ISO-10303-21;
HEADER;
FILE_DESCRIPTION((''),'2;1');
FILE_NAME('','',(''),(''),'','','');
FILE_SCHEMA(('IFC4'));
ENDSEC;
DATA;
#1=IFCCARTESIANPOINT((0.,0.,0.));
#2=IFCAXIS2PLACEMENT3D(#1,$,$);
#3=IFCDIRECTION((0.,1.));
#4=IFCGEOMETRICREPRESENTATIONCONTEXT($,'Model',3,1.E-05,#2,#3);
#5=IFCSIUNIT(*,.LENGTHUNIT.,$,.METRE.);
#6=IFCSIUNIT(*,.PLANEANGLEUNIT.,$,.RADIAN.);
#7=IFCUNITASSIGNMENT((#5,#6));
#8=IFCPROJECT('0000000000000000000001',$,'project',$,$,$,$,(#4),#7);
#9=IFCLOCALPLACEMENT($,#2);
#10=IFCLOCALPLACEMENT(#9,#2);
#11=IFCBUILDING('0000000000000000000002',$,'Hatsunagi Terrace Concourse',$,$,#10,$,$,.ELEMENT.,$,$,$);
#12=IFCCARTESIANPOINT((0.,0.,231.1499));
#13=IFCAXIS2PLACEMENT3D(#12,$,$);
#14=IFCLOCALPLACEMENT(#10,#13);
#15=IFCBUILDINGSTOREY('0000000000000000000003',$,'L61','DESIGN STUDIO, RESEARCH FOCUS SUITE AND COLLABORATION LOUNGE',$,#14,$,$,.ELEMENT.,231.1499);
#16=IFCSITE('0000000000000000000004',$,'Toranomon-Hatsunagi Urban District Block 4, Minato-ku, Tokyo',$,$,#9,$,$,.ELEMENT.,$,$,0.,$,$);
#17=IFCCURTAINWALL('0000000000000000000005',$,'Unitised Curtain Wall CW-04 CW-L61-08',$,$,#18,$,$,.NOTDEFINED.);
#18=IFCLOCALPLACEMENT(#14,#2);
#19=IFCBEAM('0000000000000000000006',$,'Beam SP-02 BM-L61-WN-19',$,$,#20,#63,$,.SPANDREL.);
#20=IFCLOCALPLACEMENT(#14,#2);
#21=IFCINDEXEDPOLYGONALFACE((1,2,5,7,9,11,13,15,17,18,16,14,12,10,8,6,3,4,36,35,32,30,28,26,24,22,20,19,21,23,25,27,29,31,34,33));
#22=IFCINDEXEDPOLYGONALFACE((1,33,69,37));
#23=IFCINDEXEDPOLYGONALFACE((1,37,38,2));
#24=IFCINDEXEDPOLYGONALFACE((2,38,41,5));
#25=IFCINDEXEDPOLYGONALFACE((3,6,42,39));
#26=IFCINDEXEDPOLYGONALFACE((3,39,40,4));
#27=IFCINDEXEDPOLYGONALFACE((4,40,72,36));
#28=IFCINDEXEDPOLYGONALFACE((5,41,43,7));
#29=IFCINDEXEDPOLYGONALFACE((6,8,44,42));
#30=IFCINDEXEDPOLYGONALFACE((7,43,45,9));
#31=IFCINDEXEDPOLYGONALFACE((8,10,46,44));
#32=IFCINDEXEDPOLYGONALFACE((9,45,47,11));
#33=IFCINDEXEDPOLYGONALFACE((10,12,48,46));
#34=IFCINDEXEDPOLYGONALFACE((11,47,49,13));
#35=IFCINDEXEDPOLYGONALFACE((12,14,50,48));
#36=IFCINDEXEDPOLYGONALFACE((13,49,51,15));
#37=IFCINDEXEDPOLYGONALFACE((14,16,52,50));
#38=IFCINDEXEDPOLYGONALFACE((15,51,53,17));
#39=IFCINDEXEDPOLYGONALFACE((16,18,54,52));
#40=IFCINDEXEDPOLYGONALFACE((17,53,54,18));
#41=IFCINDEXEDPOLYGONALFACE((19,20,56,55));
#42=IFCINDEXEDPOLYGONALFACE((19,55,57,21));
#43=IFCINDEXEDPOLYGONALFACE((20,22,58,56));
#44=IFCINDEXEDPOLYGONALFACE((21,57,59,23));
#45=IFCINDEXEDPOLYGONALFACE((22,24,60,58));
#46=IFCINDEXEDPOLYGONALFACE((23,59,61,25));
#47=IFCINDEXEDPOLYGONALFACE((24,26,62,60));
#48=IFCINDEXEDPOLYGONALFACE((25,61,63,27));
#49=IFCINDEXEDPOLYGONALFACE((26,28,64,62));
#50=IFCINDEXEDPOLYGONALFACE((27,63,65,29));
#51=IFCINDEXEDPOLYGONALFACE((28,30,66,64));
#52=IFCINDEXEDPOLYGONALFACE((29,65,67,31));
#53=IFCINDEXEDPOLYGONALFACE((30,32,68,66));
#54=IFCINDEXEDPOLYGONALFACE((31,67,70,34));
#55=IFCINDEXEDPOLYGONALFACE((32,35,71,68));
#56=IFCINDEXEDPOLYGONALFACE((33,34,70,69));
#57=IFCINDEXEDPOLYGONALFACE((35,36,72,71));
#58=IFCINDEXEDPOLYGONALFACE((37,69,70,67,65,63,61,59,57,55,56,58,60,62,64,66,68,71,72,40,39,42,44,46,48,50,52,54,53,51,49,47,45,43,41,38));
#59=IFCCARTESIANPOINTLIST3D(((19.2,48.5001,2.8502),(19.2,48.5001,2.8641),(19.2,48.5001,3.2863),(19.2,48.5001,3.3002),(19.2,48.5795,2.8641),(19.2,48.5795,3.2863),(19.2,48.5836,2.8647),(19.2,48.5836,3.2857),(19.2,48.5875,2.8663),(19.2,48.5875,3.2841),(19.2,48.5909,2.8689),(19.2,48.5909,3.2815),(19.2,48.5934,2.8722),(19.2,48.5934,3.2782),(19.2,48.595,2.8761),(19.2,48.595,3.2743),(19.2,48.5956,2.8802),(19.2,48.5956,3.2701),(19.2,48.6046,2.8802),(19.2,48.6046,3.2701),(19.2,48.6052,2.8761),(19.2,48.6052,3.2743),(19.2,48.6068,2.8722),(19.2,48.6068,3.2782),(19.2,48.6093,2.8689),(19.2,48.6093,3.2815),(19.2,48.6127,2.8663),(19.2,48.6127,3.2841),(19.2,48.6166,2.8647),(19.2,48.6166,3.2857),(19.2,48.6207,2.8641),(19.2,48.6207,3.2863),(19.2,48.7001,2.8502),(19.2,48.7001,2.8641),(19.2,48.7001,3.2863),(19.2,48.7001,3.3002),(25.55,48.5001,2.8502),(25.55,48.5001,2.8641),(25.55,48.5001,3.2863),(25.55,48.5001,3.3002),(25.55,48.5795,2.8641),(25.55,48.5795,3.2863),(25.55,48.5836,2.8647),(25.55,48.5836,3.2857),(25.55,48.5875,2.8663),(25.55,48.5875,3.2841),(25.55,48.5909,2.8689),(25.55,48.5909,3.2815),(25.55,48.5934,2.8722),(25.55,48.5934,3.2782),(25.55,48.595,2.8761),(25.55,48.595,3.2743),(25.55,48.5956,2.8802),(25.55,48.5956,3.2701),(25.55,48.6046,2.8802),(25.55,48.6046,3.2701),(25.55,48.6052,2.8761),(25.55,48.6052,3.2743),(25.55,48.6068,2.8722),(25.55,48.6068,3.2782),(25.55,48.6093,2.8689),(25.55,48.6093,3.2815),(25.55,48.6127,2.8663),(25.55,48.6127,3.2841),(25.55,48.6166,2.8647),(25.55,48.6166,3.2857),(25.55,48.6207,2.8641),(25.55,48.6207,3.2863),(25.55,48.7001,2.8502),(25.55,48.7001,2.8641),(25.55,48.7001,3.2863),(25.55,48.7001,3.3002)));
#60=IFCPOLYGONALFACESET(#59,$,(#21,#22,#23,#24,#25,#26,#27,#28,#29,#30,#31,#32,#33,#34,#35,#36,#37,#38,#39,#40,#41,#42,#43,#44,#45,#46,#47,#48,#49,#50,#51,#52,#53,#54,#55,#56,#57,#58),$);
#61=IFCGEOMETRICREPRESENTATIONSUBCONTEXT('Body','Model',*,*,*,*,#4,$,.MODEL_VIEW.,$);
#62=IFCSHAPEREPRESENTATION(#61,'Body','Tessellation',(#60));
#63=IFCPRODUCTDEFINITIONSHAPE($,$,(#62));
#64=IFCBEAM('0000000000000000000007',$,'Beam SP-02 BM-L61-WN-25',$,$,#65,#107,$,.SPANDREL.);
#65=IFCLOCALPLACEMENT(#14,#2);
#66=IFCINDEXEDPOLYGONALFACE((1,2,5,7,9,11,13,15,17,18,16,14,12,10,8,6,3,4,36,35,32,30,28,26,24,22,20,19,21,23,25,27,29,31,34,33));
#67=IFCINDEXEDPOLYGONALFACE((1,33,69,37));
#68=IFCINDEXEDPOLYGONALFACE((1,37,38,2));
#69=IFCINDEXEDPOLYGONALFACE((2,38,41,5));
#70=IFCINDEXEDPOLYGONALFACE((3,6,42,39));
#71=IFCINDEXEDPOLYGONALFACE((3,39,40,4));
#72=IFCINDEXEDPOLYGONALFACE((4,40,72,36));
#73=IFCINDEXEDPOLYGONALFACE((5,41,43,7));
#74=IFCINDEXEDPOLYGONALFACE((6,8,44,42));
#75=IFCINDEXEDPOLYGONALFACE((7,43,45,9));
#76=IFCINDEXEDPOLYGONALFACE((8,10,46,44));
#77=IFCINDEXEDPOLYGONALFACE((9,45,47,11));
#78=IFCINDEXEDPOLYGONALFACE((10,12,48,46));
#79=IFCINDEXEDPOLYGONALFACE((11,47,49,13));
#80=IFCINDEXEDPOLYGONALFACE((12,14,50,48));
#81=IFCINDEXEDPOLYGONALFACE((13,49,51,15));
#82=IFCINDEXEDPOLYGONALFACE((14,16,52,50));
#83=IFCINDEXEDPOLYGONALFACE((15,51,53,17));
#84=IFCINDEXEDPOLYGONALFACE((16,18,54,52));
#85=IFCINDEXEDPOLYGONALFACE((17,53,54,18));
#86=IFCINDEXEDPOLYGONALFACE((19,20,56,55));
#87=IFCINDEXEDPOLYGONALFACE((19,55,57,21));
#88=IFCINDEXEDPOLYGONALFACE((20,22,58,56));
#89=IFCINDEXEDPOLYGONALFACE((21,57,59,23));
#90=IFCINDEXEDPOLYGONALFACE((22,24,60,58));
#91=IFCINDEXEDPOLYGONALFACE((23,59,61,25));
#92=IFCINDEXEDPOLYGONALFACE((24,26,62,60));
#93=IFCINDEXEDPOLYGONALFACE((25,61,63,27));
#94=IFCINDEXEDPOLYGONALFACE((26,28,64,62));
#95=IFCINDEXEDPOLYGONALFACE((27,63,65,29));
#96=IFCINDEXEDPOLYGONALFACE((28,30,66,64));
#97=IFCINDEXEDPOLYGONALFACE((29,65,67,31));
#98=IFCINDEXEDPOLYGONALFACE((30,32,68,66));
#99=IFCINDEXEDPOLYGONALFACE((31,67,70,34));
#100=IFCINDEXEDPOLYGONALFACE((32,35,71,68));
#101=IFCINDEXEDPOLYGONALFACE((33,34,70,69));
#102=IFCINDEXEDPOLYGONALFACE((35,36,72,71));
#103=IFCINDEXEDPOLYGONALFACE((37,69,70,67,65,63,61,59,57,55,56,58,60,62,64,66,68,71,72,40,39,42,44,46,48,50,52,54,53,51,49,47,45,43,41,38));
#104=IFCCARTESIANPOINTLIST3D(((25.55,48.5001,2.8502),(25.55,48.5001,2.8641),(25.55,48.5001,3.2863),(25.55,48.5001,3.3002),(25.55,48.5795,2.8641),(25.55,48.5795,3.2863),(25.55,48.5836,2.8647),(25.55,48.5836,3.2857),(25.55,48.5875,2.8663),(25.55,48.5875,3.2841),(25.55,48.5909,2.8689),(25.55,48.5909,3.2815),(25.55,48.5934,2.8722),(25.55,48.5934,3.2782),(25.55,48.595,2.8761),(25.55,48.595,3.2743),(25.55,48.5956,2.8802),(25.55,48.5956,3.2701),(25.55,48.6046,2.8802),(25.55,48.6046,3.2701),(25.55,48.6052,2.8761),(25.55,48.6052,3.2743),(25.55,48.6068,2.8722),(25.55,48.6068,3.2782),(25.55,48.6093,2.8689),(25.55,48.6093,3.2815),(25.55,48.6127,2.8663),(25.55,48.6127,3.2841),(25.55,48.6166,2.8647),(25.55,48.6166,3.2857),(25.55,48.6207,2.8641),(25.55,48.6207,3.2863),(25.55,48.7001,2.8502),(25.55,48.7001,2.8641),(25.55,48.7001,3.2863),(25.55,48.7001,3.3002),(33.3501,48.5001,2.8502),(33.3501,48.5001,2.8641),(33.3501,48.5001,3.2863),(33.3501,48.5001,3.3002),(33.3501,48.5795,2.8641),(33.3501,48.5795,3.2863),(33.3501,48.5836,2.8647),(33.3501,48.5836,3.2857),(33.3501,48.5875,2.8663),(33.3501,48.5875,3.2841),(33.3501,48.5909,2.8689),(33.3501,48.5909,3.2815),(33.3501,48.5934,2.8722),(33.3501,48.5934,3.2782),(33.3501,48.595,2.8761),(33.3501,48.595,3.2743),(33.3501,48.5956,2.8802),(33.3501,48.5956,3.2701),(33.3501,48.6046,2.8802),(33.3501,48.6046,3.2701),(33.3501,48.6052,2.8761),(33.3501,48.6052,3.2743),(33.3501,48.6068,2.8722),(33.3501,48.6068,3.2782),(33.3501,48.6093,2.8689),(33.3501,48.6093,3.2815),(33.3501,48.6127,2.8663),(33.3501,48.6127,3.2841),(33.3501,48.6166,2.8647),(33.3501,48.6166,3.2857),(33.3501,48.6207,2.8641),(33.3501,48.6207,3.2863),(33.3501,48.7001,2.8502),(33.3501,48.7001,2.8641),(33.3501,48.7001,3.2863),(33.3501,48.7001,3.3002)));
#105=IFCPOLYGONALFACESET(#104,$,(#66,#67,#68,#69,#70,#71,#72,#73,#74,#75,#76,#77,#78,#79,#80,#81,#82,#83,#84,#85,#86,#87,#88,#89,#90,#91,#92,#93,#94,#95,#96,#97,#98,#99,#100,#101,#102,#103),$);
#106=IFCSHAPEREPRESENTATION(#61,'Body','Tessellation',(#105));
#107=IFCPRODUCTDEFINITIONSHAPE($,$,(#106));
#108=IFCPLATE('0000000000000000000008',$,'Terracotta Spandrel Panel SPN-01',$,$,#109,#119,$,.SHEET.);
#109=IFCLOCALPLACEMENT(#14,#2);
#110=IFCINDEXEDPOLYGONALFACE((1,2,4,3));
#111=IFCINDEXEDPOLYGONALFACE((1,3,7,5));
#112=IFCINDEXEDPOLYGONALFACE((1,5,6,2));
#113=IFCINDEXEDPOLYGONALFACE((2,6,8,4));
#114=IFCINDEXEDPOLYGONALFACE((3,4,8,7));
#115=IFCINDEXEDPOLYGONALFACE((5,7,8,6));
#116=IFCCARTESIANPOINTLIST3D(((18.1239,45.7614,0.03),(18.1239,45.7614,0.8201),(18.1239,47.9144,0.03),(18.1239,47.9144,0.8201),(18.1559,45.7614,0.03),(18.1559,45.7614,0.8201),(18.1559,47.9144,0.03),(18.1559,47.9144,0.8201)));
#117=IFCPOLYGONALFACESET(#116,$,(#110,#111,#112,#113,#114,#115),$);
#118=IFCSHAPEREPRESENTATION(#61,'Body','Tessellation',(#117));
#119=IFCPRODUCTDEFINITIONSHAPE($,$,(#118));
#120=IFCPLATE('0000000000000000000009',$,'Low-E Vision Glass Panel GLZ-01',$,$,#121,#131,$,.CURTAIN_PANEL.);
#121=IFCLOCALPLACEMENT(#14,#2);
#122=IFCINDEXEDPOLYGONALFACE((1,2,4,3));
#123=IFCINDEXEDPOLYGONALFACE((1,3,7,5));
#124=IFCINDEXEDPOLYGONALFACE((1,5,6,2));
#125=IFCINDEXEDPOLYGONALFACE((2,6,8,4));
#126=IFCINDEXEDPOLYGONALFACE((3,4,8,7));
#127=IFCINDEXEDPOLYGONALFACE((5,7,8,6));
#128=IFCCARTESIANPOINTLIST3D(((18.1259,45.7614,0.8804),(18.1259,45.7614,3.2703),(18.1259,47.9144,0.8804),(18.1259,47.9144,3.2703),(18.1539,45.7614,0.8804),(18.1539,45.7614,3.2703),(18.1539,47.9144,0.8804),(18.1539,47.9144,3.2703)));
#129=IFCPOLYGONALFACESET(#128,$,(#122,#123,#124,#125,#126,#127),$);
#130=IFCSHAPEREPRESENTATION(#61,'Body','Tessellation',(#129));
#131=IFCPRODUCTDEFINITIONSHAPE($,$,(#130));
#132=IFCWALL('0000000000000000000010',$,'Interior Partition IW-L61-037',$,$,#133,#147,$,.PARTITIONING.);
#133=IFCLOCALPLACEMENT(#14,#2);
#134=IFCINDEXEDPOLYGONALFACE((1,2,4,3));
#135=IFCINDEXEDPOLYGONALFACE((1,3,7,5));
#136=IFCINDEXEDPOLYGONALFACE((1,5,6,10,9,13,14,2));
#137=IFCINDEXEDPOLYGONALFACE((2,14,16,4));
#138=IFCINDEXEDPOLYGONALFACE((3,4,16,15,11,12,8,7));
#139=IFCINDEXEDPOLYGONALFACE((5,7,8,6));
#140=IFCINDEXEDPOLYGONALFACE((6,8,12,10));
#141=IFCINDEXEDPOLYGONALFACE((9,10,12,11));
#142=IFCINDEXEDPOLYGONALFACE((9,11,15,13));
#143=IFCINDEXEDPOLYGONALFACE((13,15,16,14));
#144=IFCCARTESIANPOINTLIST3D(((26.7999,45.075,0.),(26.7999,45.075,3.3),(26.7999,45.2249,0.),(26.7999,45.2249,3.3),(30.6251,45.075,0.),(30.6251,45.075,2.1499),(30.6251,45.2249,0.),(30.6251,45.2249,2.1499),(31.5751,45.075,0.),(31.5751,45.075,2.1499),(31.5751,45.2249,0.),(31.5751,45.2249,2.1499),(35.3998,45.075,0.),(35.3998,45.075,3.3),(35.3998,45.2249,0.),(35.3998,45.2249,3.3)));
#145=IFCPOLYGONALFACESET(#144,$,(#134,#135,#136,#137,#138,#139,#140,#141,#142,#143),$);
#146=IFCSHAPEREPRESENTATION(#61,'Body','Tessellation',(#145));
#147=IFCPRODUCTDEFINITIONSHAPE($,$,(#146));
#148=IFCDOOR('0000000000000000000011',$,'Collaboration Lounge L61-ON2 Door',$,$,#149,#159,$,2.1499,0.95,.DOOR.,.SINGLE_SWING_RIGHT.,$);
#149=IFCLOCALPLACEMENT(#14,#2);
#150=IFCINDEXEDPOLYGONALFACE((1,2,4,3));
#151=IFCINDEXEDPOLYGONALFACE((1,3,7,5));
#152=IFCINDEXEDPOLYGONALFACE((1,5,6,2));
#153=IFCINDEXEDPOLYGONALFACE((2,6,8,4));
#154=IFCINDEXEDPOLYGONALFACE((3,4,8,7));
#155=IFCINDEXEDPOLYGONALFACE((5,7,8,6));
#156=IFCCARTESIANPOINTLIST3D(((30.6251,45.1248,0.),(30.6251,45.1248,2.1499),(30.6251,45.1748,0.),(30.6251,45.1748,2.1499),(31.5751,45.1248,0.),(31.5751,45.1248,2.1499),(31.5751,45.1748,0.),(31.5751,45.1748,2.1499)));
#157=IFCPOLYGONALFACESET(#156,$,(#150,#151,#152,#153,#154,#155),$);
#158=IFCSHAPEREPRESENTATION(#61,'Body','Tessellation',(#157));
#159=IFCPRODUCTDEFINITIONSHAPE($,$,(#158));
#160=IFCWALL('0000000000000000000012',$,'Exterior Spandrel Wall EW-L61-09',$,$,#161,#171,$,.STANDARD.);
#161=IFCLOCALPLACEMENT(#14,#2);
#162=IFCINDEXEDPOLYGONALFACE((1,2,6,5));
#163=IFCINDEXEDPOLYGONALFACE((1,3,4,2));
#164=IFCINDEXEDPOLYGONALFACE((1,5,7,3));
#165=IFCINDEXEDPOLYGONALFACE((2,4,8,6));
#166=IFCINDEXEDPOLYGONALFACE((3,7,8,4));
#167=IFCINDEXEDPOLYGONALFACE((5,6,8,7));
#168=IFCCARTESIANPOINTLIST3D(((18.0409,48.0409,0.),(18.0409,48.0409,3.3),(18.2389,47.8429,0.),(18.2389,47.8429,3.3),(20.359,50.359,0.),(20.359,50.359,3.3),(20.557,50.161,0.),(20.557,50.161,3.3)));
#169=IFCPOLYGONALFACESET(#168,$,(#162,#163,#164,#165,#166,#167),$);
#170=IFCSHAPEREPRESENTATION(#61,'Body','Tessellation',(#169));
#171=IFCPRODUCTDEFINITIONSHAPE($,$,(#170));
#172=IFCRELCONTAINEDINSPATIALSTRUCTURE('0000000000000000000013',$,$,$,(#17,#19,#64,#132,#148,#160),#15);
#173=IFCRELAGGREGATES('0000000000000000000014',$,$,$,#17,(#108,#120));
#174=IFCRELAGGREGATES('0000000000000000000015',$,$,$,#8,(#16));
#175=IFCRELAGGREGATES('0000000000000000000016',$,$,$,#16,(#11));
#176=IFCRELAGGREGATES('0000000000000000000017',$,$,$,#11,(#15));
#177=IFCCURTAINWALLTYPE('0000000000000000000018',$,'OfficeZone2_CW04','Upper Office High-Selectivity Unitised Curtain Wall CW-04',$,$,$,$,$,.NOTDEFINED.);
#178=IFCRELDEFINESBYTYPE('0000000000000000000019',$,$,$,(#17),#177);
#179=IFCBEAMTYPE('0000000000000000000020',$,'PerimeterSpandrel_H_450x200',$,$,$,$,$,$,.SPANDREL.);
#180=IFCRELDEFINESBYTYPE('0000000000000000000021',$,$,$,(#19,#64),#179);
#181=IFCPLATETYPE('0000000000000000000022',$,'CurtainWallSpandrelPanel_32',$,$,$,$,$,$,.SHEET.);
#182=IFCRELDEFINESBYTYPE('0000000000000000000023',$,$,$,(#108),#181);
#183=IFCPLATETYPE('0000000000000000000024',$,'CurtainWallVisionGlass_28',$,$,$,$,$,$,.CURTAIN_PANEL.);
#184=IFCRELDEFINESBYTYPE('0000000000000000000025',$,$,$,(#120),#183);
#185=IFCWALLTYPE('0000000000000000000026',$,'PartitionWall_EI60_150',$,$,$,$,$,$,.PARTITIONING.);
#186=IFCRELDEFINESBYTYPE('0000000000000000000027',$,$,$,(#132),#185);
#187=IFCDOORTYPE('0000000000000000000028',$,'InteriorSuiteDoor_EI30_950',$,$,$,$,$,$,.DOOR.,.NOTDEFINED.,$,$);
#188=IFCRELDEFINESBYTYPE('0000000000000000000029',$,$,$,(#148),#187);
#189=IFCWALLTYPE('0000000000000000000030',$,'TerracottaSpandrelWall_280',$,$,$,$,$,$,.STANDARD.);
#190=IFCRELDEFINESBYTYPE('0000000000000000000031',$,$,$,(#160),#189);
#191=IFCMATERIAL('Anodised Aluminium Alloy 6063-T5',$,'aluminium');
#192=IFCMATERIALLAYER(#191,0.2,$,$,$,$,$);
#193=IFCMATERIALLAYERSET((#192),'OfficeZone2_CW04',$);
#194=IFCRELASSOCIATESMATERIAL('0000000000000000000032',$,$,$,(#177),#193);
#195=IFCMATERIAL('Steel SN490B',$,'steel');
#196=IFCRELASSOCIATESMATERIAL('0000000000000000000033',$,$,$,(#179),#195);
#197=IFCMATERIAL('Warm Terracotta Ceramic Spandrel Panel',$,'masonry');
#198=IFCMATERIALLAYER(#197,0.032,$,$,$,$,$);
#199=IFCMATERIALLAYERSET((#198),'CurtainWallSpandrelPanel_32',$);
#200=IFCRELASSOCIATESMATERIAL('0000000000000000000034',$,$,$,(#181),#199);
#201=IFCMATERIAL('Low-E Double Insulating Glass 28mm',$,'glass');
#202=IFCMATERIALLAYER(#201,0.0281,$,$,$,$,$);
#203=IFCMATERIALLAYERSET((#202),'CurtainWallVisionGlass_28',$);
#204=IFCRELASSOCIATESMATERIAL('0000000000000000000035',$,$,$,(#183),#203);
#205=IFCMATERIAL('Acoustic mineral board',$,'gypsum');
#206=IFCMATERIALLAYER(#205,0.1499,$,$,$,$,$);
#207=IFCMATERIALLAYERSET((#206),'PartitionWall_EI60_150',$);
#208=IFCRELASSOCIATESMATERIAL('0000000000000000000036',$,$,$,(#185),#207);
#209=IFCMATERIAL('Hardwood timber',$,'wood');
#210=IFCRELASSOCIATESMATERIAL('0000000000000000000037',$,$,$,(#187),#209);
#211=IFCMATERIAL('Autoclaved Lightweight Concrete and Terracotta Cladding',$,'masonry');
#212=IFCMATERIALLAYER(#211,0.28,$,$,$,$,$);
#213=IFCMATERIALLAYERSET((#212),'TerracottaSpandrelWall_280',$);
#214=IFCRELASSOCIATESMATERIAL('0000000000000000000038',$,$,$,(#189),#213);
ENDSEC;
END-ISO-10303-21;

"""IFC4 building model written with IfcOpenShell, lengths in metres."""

from ifc_helpers import new_model, si_unit, direction, frame, frame_2d, origin, origin_2d, place, context, subcontext, project, spatial, rectangle, i_section, extrude, material, layer, layer_set, material_profile, profile_set, type_object, element, fill, aggregate, save


model = new_model("IFC4")

# Units and contexts
model_context = context("Model", 3, precision=1e-05, world=origin(), true_north=direction((0.0, 1.0)))
body_context = subcontext(model_context, "Body", "Model", "MODEL_VIEW")
ifc_project = project(units=[si_unit("LENGTHUNIT", "METRE"), si_unit("PLANEANGLEUNIT", "RADIAN")], contexts=[model_context])

# Site, building, storey
site_placement = place(None, origin())
site = spatial("IfcSite", under=ifc_project, at=site_placement, Name="Toranomon-Hatsunagi Urban District Block 4, Minato-ku, Tokyo", CompositionType="ELEMENT", RefElevation=0.0)
building_placement = place(site_placement, origin())
building = spatial("IfcBuilding", under=site, at=building_placement, Name="Hatsunagi Terrace Concourse", CompositionType="ELEMENT")
storey_placement = place(building_placement, frame((0.0, 0.0, 231.1499)))
storey = spatial("IfcBuildingStorey", under=building, at=storey_placement, Name="L61", Description="DESIGN STUDIO, RESEARCH FOCUS SUITE AND COLLABORATION LOUNGE", CompositionType="ELEMENT", Elevation=231.1499)

# Curtain wall
ifc_material_1 = material(Name="Anodised Aluminium Alloy 6063-T5", Category="aluminium")
ifc_layer_1 = layer(ifc_material_1, 0.2)
ifc_layer_set_1 = layer_set([ifc_layer_1], Name="OfficeZone2_CW04")
curtain_wall_type = type_object("IfcCurtainWallType", Name="OfficeZone2_CW04", Description="Upper Office High-Selectivity Unitised Curtain Wall CW-04", PredefinedType="NOTDEFINED", material=ifc_layer_set_1)
curtain_wall_placement = place(storey_placement, origin())
curtain_wall = element("IfcCurtainWall", 1, at=curtain_wall_placement, inside=storey, type_object=curtain_wall_type, Name="Unitised Curtain Wall CW-04 CW-L61-08", PredefinedType="NOTDEFINED")

# Beams
ifc_material_2 = material(Name="Steel SN490B", Category="steel")
ifc_material_profile_1 = material_profile(ifc_material_2, i_section(OverallWidth=0.2, OverallDepth=0.45, WebThickness=0.009, FlangeThickness=0.0139, FilletRadius=0.0161, at=origin_2d()), Name="H-450x200x9x14")
ifc_profile_set_1 = profile_set([ifc_material_profile_1], Name="Steel SN490B")
beam_type_1 = type_object("IfcBeamType", Name="PerimeterSpandrel_H_450x200", PredefinedType="SPANDREL", material=ifc_profile_set_1)
beam_1_placement = place(storey_placement, frame((19.2, 48.6001, 3.0752), z_axis=(1.0, 0.0, 0.0), x_axis=(0.0, 1.0, 0.0)))
element("IfcBeam", 2, at=beam_1_placement, inside=storey, type_object=beam_type_1, Name="Beam SP-02 BM-L61-WN-19", PredefinedType="SPANDREL", context=body_context, shape_type="SweptSolid", body=[
    extrude(i_section(OverallWidth=0.2, OverallDepth=0.45, WebThickness=0.009, FlangeThickness=0.0139, FilletRadius=0.0161, at=origin_2d()), origin(), (0.0, 0.0, 1.0), 6.3501),
])
beam_2_placement = place(storey_placement, frame((25.55, 48.6001, 3.0752), z_axis=(1.0, 0.0, 0.0), x_axis=(0.0, 1.0, 0.0)))
element("IfcBeam", 3, at=beam_2_placement, inside=storey, type_object=beam_type_1, Name="Beam SP-02 BM-L61-WN-25", PredefinedType="SPANDREL", context=body_context, shape_type="SweptSolid", body=[
    extrude(i_section(OverallWidth=0.2, OverallDepth=0.45, WebThickness=0.009, FlangeThickness=0.0139, FilletRadius=0.0161, at=origin_2d()), origin(), (0.0, 0.0, 1.0), 7.8),
])

# Plates
ifc_material_3 = material(Name="Warm Terracotta Ceramic Spandrel Panel", Category="masonry")
ifc_layer_2 = layer(ifc_material_3, 0.032)
ifc_layer_set_2 = layer_set([ifc_layer_2], Name="CurtainWallSpandrelPanel_32")
plate_type_1 = type_object("IfcPlateType", Name="CurtainWallSpandrelPanel_32", PredefinedType="SHEET", material=ifc_layer_set_2)
plate_1_placement = place(storey_placement, frame((18.1399, 46.8379, 0.03), z_axis=(0.0, 0.0, 1.0), x_axis=(0.0, 1.0, 0.0)))
plate_1 = element("IfcPlate", 4, at=plate_1_placement, type_object=plate_type_1, Name="Terracotta Spandrel Panel SPN-01", PredefinedType="SHEET", context=body_context, shape_type="SweptSolid", body=[
    extrude(rectangle(XDim=2.1531, YDim=0.032, at=origin_2d()), origin(), (0.0, 0.0, 1.0), 0.79),
])
ifc_material_4 = material(Name="Low-E Double Insulating Glass 28mm", Category="glass")
ifc_layer_3 = layer(ifc_material_4, 0.0281)
ifc_layer_set_3 = layer_set([ifc_layer_3], Name="CurtainWallVisionGlass_28")
plate_type_2 = type_object("IfcPlateType", Name="CurtainWallVisionGlass_28", PredefinedType="CURTAIN_PANEL", material=ifc_layer_set_3)
plate_2_placement = place(storey_placement, frame((18.1399, 46.8379, 0.8804), z_axis=(0.0, 0.0, 1.0), x_axis=(0.0, 1.0, 0.0)))
plate_2 = element("IfcPlate", 5, at=plate_2_placement, type_object=plate_type_2, Name="Low-E Vision Glass Panel GLZ-01", PredefinedType="CURTAIN_PANEL", context=body_context, shape_type="SweptSolid", body=[
    extrude(rectangle(XDim=2.1531, YDim=0.0281, at=origin_2d()), origin(), (0.0, 0.0, 1.0), 2.3899),
])
aggregate(curtain_wall, [plate_1, plate_2])

# Wall, opening, door
ifc_material_5 = material(Name="Acoustic mineral board", Category="gypsum")
ifc_layer_4 = layer(ifc_material_5, 0.1499)
ifc_layer_set_4 = layer_set([ifc_layer_4], Name="PartitionWall_EI60_150")
wall_type_1 = type_object("IfcWallType", Name="PartitionWall_EI60_150", PredefinedType="PARTITIONING", material=ifc_layer_set_4)
wall_1_placement = place(storey_placement, frame((26.8, 45.1499, 0.0), z_axis=(0.0, 0.0, 1.0), x_axis=(1.0, 0.0, 0.0)))
wall_1 = element("IfcWall", 6, at=wall_1_placement, inside=storey, type_object=wall_type_1, Name="Interior Partition IW-L61-037", PredefinedType="PARTITIONING", context=body_context, shape_type="SweptSolid", body=[
    extrude(rectangle(XDim=8.5999, YDim=0.1499, at=frame_2d((4.2998, 0.0))), origin(), (0.0, 0.0, 1.0), 3.3),
])
opening_1_placement = place(wall_1_placement, frame((3.825, 0.0, 0.0)))
opening_1 = element("IfcOpeningElement", 7, at=opening_1_placement, cuts=wall_1, PredefinedType="OPENING", context=body_context, shape_type="SweptSolid", body=[
    extrude(rectangle(XDim=0.95, YDim=2.1499, at=frame_2d((0.4751, 1.075))), frame((0.0, 0.085, 0.0), z_axis=(0.0, -1.0, 0.0), x_axis=(1.0, 0.0, 0.0)), (0.0, 0.0, 1.0), 0.1699),
])
ifc_material_6 = material(Name="Hardwood timber", Category="wood")
door_type_1 = type_object("IfcDoorType", Name="InteriorSuiteDoor_EI30_950", OperationType="NOTDEFINED", PredefinedType="DOOR", material=ifc_material_6)
door_1_placement = place(opening_1_placement, origin())
door_1 = element("IfcDoor", 8, at=door_1_placement, inside=storey, type_object=door_type_1, Name="Collaboration Lounge L61-ON2 Door", OperationType="SINGLE_SWING_RIGHT", OverallHeight=2.1499, OverallWidth=0.95, PredefinedType="DOOR", context=body_context, shape_type="SweptSolid", body=[
    extrude(rectangle(XDim=0.95, YDim=2.1499, at=frame_2d((0.4751, 1.075))), frame((0.0, 0.0249, 0.0), z_axis=(0.0, -1.0, 0.0), x_axis=(1.0, 0.0, 0.0)), (0.0, 0.0, 1.0), 0.05),
])
fill(opening_1, door_1)

# Wall
ifc_material_7 = material(Name="Autoclaved Lightweight Concrete and Terracotta Cladding", Category="masonry")
ifc_layer_5 = layer(ifc_material_7, 0.28)
ifc_layer_set_5 = layer_set([ifc_layer_5], Name="TerracottaSpandrelWall_280")
wall_type_2 = type_object("IfcWallType", Name="TerracottaSpandrelWall_280", PredefinedType="STANDARD", material=ifc_layer_set_5)
wall_2_placement = place(storey_placement, frame((18.1399, 47.9419, 0.0), z_axis=(0.0, 0.0, 1.0), x_axis=(0.707107, 0.707107, 0.0)))
element("IfcWall", 9, at=wall_2_placement, inside=storey, type_object=wall_type_2, Name="Exterior Spandrel Wall EW-L61-09", PredefinedType="STANDARD", context=body_context, shape_type="SweptSolid", body=[
    extrude(rectangle(XDim=3.2783, YDim=0.28, at=frame_2d((1.6392, 0.0))), origin(), (0.0, 0.0, 1.0), 3.3),
])

save(model, "model.ifc")
